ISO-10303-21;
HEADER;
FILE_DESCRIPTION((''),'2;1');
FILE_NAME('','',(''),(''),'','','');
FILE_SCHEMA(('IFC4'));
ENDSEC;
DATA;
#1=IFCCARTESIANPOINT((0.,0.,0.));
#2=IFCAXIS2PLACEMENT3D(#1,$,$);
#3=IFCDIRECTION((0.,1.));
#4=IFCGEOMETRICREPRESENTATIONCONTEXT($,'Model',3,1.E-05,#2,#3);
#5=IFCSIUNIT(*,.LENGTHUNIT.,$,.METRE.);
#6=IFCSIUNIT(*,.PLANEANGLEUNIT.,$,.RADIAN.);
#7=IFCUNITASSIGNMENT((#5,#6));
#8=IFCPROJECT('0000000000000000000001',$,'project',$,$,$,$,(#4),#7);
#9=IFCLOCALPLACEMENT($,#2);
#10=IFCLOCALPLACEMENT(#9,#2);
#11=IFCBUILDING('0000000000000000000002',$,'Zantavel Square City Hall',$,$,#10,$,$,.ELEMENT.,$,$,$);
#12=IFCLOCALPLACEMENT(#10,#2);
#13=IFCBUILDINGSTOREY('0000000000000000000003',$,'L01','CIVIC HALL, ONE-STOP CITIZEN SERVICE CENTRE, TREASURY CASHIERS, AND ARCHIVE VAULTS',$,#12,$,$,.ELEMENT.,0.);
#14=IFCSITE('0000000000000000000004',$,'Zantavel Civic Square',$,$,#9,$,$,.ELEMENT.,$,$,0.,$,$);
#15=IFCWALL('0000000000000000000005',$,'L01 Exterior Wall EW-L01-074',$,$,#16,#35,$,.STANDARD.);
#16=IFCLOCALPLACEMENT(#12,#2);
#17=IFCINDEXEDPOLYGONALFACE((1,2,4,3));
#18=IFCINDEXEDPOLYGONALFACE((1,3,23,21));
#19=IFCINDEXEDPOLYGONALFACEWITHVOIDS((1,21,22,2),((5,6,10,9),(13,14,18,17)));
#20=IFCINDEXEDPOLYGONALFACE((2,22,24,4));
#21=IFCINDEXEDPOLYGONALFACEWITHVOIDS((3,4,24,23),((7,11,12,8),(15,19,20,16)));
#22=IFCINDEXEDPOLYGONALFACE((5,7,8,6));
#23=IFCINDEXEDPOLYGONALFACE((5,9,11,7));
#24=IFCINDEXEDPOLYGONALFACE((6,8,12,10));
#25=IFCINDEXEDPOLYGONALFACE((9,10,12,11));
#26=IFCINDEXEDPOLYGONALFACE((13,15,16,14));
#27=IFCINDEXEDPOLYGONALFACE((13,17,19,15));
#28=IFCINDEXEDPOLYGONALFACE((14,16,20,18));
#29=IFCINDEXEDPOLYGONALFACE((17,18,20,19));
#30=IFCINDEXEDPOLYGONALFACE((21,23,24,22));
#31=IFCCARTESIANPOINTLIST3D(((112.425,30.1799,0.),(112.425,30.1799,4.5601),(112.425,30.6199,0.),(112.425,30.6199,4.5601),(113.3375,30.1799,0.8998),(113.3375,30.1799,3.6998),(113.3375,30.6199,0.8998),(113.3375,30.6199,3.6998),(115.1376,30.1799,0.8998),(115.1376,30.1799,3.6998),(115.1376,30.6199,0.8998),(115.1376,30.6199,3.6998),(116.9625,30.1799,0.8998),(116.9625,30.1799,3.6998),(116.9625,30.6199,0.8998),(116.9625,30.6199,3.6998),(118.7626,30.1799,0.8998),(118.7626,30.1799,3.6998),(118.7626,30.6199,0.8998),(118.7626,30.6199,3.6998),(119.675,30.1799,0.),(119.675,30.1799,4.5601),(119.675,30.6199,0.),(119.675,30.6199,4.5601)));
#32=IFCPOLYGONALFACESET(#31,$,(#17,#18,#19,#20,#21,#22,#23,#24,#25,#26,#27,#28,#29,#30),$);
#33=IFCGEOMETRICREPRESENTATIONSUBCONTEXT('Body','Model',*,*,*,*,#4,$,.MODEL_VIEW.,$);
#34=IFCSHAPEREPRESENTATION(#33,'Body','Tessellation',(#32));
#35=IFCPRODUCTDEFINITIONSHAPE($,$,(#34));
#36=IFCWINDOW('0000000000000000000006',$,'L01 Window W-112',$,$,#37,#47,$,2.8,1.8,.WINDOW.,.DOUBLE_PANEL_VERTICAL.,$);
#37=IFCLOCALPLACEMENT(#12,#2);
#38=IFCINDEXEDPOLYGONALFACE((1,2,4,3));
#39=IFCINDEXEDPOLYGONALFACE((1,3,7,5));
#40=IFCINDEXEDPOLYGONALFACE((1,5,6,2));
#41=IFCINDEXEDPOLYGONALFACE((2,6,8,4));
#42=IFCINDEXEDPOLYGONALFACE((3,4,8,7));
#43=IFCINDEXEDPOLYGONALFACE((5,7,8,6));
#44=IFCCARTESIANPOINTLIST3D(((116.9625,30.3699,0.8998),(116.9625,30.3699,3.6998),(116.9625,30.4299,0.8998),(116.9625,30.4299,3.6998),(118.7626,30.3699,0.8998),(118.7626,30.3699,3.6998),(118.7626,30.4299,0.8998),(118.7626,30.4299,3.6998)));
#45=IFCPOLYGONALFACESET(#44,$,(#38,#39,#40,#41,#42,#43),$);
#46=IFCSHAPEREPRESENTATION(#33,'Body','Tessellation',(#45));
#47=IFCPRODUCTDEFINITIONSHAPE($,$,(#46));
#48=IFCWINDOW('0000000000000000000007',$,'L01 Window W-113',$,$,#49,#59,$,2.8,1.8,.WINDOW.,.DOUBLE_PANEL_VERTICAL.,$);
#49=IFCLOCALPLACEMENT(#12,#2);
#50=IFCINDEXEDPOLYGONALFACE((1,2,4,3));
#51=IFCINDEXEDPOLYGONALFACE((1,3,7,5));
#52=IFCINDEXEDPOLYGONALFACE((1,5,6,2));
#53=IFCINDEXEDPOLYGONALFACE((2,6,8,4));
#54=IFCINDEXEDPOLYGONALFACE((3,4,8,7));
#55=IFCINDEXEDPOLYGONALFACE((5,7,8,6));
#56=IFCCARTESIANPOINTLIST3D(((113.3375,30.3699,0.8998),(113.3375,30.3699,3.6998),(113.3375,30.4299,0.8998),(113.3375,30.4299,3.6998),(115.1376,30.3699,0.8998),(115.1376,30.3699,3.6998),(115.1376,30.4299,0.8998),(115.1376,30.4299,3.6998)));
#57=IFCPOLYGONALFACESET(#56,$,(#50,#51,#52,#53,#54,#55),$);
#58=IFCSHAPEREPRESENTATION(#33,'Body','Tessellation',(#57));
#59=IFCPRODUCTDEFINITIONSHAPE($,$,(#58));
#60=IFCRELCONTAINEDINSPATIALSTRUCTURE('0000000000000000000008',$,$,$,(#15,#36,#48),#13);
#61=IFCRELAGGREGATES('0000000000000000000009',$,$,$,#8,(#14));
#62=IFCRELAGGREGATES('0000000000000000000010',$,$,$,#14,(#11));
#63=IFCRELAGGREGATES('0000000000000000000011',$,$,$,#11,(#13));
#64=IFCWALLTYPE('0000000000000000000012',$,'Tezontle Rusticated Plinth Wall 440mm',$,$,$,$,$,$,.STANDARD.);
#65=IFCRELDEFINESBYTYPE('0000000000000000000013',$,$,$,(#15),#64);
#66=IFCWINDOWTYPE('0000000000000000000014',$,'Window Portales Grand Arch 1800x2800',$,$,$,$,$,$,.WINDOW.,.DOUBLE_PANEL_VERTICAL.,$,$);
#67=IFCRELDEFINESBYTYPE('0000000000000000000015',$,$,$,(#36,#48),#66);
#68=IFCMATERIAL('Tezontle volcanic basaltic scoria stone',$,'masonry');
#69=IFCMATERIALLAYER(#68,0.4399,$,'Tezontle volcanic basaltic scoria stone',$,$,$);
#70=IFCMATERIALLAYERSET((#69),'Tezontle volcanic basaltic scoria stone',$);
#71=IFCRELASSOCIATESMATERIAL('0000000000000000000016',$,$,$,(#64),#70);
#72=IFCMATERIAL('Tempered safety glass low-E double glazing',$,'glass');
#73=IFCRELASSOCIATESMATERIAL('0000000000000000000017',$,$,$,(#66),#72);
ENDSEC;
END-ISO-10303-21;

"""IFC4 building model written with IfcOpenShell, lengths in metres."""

from ifc_helpers import new_model, si_unit, direction, frame, frame_2d, origin, place, context, subcontext, project, spatial, rectangle, extrude, material, layer, layer_set, type_object, element, fill, save


model = new_model("IFC4")

# Units and contexts
model_context = context("Model", 3, precision=1e-05, world=origin(), true_north=direction((0.0, 1.0)))
body_context = subcontext(model_context, "Body", "Model", "MODEL_VIEW")
ifc_project = project(units=[si_unit("LENGTHUNIT", "METRE"), si_unit("PLANEANGLEUNIT", "RADIAN")], contexts=[model_context])

# Site, building, storey
site_placement = place(None, origin())
site = spatial("IfcSite", under=ifc_project, at=site_placement, Name="Zantavel Civic Square", CompositionType="ELEMENT", RefElevation=0.0)
building_placement = place(site_placement, origin())
building = spatial("IfcBuilding", under=site, at=building_placement, Name="Zantavel Square City Hall", CompositionType="ELEMENT")
storey_placement = place(building_placement, origin())
storey = spatial("IfcBuildingStorey", under=building, at=storey_placement, Name="L01", Description="CIVIC HALL, ONE-STOP CITIZEN SERVICE CENTRE, TREASURY CASHIERS, AND ARCHIVE VAULTS", CompositionType="ELEMENT", Elevation=0.0)

# Shared definitions
ifc_material_1 = material(Name="Tempered safety glass low-E double glazing", Category="glass")

# Wall, openings, windows
ifc_material_2 = material(Name="Tezontle volcanic basaltic scoria stone", Category="masonry")
ifc_layer_1 = layer(ifc_material_2, 0.4399, Name="Tezontle volcanic basaltic scoria stone")
ifc_layer_set_1 = layer_set([ifc_layer_1], Name="Tezontle volcanic basaltic scoria stone")
wall_type_1 = type_object("IfcWallType", Name="Tezontle Rusticated Plinth Wall 440mm", PredefinedType="STANDARD", material=ifc_layer_set_1)
wall_1_placement = place(storey_placement, frame((119.675, 30.3999, 0.0), z_axis=(0.0, 0.0, 1.0), x_axis=(-1.0, 0.0, 0.0)))
wall_1 = element("IfcWall", 1, at=wall_1_placement, inside=storey, type_object=wall_type_1, Name="L01 Exterior Wall EW-L01-074", PredefinedType="STANDARD", context=body_context, shape_type="SweptSolid", body=[
    extrude(rectangle(XDim=7.25, YDim=0.4399, at=frame_2d((3.625, 0.0))), origin(), (0.0, 0.0, 1.0), 4.5601),
])
opening_1_placement = place(wall_1_placement, frame((0.9126, 0.0, 0.8999)))
opening_1 = element("IfcOpeningElement", 2, at=opening_1_placement, cuts=wall_1, PredefinedType="OPENING", context=body_context, shape_type="SweptSolid", body=[
    extrude(rectangle(XDim=1.8, YDim=2.8, at=frame_2d((0.8999, 1.3999))), frame((0.0, 0.23, 0.0), z_axis=(0.0, -1.0, 0.0), x_axis=(1.0, 0.0, 0.0)), (0.0, 0.0, 1.0), 0.46),
])
opening_2_placement = place(wall_1_placement, frame((4.5376, 0.0, 0.8999)))
opening_2 = element("IfcOpeningElement", 3, at=opening_2_placement, cuts=wall_1, PredefinedType="OPENING", context=body_context, shape_type="SweptSolid", body=[
    extrude(rectangle(XDim=1.8, YDim=2.8, at=frame_2d((0.8999, 1.3999))), frame((0.0, 0.23, 0.0), z_axis=(0.0, -1.0, 0.0), x_axis=(1.0, 0.0, 0.0)), (0.0, 0.0, 1.0), 0.46),
])
window_type = type_object("IfcWindowType", Name="Window Portales Grand Arch 1800x2800", PartitioningType="DOUBLE_PANEL_VERTICAL", PredefinedType="WINDOW", material=ifc_material_1)
window_1_placement = place(opening_1_placement, origin())
window_1 = element("IfcWindow", 4, at=window_1_placement, inside=storey, type_object=window_type, Name="L01 Window W-112", OverallHeight=2.8, OverallWidth=1.8, PartitioningType="DOUBLE_PANEL_VERTICAL", PredefinedType="WINDOW", context=body_context, shape_type="SweptSolid", body=[
    extrude(rectangle(XDim=1.8, YDim=2.8, at=frame_2d((0.8999, 1.3999))), frame((0.0, 0.03, 0.0), z_axis=(0.0, -1.0, 0.0), x_axis=(1.0, 0.0, 0.0)), (0.0, 0.0, 1.0), 0.0601),
])
fill(opening_1, window_1)
window_2_placement = place(opening_2_placement, origin())
window_2 = element("IfcWindow", 5, at=window_2_placement, inside=storey, type_object=window_type, Name="L01 Window W-113", OverallHeight=2.8, OverallWidth=1.8, PartitioningType="DOUBLE_PANEL_VERTICAL", PredefinedType="WINDOW", context=body_context, shape_type="SweptSolid", body=[
    extrude(rectangle(XDim=1.8, YDim=2.8, at=frame_2d((0.8999, 1.3999))), frame((0.0, 0.03, 0.0), z_axis=(0.0, -1.0, 0.0), x_axis=(1.0, 0.0, 0.0)), (0.0, 0.0, 1.0), 0.0601),
])
fill(opening_2, window_2)

save(model, "model.ifc")
